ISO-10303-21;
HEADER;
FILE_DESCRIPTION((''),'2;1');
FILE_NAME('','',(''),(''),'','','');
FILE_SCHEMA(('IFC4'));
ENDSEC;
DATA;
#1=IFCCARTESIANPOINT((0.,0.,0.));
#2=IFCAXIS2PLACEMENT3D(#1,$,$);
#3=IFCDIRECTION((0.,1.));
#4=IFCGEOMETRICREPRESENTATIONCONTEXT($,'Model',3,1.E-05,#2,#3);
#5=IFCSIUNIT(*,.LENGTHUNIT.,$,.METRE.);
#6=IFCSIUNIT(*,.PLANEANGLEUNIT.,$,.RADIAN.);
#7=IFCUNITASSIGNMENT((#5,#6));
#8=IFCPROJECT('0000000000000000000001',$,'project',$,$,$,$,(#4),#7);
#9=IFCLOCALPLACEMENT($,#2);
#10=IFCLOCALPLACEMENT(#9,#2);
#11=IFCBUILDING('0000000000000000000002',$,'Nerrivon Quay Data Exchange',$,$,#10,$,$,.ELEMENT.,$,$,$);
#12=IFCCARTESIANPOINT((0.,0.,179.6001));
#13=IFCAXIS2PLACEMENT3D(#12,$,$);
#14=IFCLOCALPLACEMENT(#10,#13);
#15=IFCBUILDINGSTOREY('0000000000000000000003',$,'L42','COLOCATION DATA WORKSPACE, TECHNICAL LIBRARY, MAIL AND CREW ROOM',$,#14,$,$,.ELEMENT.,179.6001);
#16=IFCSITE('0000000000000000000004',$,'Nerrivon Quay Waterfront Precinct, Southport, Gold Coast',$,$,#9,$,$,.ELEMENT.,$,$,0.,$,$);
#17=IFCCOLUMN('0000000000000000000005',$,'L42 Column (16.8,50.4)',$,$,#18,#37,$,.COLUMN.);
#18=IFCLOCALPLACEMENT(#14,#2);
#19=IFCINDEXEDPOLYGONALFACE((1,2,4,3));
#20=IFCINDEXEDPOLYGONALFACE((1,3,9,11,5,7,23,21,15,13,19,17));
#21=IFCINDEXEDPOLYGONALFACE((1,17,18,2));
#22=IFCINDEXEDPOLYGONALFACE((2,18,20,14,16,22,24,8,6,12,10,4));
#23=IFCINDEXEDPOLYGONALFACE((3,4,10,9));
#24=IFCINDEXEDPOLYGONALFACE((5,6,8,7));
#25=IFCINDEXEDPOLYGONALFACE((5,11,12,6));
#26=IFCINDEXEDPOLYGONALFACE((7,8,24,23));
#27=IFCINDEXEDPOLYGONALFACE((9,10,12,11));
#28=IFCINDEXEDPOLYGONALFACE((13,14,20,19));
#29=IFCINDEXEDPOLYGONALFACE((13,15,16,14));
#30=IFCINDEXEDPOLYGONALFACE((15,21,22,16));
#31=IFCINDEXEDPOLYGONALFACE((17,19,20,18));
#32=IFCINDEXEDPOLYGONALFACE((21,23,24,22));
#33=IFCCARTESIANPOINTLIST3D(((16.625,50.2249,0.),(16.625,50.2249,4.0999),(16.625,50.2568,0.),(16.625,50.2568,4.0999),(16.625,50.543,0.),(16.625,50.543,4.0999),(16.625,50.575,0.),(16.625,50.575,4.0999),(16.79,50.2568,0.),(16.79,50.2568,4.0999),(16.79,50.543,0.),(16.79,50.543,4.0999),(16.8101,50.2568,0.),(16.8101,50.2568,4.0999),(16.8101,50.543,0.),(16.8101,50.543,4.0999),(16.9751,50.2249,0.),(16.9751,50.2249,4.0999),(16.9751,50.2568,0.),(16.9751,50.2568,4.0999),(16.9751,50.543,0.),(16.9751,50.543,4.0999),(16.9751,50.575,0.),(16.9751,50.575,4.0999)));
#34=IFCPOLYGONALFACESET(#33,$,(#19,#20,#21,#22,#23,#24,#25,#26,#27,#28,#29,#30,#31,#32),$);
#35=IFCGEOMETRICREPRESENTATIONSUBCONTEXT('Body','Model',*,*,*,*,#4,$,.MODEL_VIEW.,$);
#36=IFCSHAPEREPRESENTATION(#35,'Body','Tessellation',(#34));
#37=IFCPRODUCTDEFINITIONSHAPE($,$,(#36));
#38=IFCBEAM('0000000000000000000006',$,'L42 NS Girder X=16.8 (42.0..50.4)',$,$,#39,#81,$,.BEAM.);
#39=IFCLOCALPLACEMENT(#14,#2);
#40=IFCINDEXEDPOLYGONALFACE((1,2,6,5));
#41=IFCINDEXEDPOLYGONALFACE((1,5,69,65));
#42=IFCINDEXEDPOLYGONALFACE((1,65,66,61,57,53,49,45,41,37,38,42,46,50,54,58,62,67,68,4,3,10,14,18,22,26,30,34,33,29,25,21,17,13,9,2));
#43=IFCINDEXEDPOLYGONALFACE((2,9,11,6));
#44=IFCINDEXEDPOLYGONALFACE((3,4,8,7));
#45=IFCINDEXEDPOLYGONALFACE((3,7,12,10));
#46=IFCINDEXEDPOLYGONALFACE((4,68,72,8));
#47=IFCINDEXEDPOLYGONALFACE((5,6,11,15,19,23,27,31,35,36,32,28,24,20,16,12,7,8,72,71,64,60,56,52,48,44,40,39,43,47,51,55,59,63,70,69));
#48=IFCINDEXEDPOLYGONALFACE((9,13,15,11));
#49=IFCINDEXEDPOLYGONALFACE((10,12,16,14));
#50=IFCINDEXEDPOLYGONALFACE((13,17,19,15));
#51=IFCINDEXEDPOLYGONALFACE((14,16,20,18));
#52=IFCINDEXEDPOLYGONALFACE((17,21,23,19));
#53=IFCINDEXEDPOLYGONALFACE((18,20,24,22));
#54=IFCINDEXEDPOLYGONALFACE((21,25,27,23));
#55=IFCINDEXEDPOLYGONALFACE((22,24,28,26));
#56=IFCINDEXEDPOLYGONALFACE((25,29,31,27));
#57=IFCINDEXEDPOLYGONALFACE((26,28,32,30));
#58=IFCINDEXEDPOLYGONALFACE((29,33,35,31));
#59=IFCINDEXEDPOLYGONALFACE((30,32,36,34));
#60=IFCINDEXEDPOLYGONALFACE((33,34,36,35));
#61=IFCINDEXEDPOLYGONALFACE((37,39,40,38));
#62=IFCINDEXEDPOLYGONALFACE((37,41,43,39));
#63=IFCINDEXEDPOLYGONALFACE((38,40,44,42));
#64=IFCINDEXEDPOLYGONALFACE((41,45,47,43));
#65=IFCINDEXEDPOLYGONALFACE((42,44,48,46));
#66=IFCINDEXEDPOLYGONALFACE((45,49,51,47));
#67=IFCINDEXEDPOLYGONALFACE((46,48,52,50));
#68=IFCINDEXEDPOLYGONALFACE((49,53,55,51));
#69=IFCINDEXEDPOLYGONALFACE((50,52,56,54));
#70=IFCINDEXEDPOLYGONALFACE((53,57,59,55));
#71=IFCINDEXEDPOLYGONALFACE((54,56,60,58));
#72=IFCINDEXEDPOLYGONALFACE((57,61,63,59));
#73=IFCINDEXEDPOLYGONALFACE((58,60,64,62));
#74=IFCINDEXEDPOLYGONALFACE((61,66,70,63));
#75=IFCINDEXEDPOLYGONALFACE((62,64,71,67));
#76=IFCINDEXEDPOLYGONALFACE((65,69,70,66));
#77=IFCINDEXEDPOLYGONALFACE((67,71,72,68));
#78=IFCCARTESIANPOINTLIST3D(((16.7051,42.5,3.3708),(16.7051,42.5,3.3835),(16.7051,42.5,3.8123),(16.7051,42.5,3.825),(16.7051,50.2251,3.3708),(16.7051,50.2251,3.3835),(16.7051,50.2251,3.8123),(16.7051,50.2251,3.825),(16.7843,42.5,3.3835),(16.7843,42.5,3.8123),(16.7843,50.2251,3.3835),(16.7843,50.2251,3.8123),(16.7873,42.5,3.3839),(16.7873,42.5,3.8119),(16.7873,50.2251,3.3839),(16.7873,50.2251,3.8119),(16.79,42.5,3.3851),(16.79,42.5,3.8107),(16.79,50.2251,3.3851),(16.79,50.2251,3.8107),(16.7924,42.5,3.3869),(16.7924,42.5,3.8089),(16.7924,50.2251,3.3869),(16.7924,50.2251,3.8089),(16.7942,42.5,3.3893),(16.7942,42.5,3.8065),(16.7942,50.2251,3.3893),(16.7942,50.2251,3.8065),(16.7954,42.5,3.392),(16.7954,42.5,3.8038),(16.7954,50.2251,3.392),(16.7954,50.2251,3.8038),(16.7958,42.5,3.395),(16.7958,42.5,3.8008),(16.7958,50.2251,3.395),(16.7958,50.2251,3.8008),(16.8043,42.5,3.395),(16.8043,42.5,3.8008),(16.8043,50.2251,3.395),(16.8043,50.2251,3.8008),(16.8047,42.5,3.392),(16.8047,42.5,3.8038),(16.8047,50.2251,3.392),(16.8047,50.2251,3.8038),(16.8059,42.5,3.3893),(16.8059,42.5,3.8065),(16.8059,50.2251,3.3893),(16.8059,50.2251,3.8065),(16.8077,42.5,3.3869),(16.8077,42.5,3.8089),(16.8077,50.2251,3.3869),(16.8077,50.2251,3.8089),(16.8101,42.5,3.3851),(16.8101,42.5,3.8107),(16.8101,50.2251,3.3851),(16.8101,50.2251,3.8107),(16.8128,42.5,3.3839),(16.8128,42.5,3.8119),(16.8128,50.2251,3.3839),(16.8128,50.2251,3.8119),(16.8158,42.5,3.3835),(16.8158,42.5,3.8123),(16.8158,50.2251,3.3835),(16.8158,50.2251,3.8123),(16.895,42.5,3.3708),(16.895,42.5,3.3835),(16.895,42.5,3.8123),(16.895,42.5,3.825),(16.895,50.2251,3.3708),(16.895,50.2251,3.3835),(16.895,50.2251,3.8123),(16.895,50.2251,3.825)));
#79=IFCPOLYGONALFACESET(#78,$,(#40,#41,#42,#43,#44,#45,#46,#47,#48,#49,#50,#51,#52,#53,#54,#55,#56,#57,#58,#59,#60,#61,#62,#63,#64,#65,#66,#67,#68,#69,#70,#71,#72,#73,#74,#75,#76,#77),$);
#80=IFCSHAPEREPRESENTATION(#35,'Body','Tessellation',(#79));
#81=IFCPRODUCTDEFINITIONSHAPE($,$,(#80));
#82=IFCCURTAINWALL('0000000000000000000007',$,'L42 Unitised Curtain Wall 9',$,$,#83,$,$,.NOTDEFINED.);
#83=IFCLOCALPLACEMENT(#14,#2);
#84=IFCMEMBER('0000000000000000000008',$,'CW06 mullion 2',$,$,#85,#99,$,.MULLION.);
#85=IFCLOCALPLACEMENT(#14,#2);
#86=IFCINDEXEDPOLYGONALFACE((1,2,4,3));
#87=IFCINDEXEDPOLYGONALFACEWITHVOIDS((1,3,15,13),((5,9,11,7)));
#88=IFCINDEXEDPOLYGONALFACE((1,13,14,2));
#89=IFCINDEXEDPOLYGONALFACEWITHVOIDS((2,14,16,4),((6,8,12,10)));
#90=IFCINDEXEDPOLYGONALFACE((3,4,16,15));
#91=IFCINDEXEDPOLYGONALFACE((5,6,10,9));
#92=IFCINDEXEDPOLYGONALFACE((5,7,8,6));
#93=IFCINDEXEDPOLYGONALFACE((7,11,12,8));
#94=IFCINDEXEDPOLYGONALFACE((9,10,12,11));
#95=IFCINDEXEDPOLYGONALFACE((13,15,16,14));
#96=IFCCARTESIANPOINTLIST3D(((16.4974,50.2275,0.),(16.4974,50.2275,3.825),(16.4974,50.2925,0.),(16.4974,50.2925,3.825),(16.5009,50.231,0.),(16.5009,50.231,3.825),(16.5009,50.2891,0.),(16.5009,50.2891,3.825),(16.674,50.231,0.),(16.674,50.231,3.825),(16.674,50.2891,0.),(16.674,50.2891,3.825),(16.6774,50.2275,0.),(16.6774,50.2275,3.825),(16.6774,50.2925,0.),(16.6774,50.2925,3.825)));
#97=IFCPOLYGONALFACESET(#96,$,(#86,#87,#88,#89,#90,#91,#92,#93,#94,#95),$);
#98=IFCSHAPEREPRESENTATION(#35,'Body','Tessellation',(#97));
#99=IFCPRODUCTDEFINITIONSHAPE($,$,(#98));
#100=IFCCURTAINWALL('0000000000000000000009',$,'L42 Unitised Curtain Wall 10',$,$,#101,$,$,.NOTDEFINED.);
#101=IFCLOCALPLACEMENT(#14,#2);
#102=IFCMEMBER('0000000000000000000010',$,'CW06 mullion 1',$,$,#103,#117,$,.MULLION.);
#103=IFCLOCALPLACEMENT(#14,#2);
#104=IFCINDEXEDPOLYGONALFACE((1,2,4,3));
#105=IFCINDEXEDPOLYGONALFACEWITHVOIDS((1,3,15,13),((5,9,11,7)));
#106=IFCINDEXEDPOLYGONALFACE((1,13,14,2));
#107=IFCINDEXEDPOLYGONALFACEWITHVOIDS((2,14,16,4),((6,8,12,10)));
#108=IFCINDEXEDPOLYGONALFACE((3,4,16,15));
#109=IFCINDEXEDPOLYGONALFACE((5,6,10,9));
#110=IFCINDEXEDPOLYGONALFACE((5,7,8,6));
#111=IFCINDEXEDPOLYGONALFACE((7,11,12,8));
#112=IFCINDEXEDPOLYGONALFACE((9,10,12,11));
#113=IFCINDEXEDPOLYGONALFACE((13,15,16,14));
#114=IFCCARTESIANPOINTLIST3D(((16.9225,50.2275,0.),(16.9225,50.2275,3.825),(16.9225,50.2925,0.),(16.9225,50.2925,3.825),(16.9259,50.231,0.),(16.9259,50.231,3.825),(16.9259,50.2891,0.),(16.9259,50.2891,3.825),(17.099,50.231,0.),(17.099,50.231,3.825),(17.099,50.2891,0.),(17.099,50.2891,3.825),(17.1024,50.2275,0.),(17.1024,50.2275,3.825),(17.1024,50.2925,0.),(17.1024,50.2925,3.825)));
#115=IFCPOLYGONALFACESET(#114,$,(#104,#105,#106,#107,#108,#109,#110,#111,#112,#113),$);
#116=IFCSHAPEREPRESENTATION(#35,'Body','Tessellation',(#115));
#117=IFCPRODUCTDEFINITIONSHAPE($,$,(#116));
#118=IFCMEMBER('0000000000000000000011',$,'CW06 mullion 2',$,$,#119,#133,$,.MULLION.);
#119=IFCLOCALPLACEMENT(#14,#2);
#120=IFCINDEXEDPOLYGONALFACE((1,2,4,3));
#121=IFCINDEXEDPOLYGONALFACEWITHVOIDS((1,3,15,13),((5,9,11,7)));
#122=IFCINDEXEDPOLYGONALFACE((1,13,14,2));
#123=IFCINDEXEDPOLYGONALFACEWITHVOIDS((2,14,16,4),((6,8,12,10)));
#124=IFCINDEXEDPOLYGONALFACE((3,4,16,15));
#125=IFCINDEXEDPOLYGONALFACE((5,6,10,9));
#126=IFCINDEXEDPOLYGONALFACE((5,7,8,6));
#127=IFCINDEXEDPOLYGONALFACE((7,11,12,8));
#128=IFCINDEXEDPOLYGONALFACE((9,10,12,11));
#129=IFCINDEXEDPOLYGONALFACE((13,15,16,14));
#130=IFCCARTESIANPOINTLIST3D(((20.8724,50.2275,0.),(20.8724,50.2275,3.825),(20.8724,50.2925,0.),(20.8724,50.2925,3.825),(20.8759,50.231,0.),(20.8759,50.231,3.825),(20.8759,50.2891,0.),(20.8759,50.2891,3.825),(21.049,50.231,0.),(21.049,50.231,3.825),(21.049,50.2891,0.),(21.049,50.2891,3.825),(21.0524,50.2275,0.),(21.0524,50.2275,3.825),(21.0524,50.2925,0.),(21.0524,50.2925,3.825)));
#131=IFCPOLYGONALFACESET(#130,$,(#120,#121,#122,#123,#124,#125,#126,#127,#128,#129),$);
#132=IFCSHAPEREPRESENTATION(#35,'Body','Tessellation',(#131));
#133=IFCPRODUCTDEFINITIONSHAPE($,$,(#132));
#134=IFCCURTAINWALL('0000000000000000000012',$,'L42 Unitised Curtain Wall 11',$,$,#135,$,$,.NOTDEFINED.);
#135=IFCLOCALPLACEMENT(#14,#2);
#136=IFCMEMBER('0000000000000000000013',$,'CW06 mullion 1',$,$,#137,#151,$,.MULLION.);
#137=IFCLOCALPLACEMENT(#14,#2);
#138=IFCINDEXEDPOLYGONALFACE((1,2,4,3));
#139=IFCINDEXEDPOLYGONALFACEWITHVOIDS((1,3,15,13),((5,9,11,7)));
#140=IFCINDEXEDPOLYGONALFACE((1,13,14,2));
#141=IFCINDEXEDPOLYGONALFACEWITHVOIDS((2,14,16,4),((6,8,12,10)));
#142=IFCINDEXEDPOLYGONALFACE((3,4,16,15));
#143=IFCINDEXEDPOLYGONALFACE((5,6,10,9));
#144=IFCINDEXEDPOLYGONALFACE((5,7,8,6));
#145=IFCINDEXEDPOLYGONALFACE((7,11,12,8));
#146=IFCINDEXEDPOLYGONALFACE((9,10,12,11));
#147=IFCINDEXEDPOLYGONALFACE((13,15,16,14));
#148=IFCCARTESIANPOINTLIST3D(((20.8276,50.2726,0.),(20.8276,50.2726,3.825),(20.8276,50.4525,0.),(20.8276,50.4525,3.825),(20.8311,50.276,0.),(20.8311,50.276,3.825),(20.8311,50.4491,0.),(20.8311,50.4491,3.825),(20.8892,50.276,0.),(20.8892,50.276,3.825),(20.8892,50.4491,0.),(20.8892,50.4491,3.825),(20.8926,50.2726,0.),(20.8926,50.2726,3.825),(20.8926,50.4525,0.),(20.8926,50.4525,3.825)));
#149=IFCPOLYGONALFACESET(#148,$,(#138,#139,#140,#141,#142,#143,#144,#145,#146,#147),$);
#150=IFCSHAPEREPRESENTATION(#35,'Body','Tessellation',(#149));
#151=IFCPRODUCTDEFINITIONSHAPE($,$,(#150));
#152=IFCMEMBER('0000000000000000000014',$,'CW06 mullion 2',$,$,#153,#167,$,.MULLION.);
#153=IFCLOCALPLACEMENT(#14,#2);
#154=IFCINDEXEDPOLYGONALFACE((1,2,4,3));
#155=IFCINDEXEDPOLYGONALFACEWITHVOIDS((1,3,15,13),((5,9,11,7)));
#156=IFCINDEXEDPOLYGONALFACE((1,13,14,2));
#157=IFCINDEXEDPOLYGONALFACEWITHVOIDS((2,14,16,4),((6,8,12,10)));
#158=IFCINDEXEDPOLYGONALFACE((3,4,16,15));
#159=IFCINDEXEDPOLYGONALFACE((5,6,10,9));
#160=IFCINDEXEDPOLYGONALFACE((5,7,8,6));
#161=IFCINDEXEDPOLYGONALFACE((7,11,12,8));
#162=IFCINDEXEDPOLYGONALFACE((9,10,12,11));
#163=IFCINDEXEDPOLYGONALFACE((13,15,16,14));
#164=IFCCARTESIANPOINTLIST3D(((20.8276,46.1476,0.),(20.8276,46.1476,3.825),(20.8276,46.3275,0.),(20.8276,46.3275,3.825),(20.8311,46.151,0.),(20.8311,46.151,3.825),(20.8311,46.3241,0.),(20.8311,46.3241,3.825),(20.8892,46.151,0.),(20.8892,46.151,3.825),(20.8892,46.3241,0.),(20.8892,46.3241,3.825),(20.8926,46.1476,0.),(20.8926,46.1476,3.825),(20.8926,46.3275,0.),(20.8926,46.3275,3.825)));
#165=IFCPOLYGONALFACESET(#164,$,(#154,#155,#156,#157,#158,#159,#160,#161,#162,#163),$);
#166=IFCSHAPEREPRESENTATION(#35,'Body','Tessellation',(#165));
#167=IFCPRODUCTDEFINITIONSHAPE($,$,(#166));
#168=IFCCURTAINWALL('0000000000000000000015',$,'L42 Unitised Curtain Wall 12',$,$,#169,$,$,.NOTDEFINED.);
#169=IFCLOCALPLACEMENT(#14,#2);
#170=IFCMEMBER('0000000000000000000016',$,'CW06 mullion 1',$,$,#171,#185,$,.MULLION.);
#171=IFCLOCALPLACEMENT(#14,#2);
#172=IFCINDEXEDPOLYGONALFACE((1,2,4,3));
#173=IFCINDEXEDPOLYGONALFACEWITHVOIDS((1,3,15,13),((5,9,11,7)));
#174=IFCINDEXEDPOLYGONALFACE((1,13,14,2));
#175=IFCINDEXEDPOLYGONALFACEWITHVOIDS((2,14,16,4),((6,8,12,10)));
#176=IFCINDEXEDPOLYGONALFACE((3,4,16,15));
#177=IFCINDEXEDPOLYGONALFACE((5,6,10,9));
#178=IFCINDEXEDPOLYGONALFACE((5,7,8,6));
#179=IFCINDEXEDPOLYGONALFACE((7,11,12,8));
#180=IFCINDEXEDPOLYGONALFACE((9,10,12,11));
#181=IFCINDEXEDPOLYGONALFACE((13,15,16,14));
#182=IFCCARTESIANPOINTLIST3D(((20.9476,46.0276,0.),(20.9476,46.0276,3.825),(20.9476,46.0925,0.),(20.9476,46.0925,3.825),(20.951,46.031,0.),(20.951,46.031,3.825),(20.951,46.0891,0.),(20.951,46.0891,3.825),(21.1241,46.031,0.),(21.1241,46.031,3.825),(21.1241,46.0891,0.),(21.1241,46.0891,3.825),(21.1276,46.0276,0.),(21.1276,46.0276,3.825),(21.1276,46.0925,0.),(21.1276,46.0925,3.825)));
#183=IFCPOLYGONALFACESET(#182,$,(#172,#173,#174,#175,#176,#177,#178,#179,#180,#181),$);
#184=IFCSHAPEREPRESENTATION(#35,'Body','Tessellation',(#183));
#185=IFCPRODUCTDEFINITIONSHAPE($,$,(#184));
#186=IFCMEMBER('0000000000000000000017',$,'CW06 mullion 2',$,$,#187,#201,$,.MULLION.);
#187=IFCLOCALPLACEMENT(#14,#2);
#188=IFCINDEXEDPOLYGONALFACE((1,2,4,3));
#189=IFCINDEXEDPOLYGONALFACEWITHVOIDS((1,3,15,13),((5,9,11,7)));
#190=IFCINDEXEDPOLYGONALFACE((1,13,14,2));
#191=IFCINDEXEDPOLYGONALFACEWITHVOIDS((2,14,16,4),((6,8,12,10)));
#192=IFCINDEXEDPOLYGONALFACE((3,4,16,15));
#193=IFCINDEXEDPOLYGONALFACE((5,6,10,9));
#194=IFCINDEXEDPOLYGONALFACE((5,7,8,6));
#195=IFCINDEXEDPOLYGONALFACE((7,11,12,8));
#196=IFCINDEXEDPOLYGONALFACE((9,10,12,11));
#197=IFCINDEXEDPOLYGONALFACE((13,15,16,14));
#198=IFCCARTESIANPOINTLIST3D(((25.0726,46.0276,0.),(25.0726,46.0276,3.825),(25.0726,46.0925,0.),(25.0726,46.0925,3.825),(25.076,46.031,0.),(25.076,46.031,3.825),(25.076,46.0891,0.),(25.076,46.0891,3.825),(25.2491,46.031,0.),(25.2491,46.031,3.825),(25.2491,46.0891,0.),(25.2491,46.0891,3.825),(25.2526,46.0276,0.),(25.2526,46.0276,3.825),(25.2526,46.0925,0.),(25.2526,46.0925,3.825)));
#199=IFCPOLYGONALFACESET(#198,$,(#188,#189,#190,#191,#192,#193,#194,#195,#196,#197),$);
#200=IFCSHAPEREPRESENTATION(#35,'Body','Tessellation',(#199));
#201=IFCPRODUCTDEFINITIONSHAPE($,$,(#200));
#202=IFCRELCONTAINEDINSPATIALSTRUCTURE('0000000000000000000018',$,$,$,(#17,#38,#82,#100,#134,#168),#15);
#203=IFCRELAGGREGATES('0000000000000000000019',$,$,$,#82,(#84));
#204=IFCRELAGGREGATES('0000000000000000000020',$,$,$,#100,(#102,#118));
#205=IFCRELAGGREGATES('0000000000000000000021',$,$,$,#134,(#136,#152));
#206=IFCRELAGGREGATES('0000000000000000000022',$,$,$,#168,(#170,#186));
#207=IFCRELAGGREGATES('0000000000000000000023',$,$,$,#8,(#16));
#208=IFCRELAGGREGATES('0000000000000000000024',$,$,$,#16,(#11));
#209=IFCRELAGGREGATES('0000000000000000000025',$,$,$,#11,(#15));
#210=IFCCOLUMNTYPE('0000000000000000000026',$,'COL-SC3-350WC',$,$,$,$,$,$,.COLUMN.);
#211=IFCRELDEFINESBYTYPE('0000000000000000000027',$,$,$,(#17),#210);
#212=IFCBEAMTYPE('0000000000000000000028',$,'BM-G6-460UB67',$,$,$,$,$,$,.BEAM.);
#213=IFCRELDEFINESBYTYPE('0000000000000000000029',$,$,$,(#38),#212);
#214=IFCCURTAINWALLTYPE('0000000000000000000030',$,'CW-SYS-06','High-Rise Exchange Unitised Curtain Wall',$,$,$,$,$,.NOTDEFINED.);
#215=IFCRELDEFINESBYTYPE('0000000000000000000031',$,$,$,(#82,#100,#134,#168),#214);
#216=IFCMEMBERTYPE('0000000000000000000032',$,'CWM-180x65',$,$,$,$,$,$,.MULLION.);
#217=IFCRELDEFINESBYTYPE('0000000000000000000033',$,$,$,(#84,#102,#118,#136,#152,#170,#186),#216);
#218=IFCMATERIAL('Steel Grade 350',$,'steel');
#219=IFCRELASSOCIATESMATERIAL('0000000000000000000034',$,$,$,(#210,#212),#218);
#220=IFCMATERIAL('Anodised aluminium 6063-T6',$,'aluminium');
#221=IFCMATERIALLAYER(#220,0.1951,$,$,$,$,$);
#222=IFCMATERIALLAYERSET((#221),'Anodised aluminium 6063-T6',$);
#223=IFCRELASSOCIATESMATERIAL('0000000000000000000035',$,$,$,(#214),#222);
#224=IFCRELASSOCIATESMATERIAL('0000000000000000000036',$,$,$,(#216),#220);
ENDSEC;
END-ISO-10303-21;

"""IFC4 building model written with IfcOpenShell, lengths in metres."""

from ifc_helpers import new_model, si_unit, direction, frame, origin, origin_2d, place, context, subcontext, project, spatial, hollow_rectangle, i_section, extrude, material, layer, layer_set, material_profile, profile_set, type_object, element, aggregate, save


model = new_model("IFC4")

# Units and contexts
model_context = context("Model", 3, precision=1e-05, world=origin(), true_north=direction((0.0, 1.0)))
body_context = subcontext(model_context, "Body", "Model", "MODEL_VIEW")
ifc_project = project(units=[si_unit("LENGTHUNIT", "METRE"), si_unit("PLANEANGLEUNIT", "RADIAN")], contexts=[model_context])

# Site, building, storey
site_placement = place(None, origin())
site = spatial("IfcSite", under=ifc_project, at=site_placement, Name="Nerrivon Quay Waterfront Precinct, Southport, Gold Coast", CompositionType="ELEMENT", RefElevation=0.0)
building_placement = place(site_placement, origin())
building = spatial("IfcBuilding", under=site, at=building_placement, Name="Nerrivon Quay Data Exchange", CompositionType="ELEMENT")
storey_placement = place(building_placement, frame((0.0, 0.0, 179.6001)))
storey = spatial("IfcBuildingStorey", under=building, at=storey_placement, Name="L42", Description="COLOCATION DATA WORKSPACE, TECHNICAL LIBRARY, MAIL AND CREW ROOM", CompositionType="ELEMENT", Elevation=179.6001)

# Column
ifc_material_1 = material(Name="Steel Grade 350", Category="steel")
ifc_material_profile_1 = material_profile(ifc_material_1, i_section(OverallWidth=0.3501, OverallDepth=0.3501, WebThickness=0.02, FlangeThickness=0.032, at=origin_2d()), Name="350WC230")
ifc_profile_set_1 = profile_set([ifc_material_profile_1], Name="Steel Grade 350")
column_type = type_object("IfcColumnType", Name="COL-SC3-350WC", PredefinedType="COLUMN", material=ifc_profile_set_1)
column_placement = place(storey_placement, frame((16.8, 50.3999, 0.0), z_axis=(0.0, 0.0, 1.0), x_axis=(1.0, 0.0, 0.0)))
element("IfcColumn", 1, at=column_placement, inside=storey, type_object=column_type, Name="L42 Column (16.8,50.4)", PredefinedType="COLUMN", context=body_context, shape_type="SweptSolid", body=[
    extrude(i_section(OverallWidth=0.3501, OverallDepth=0.3501, WebThickness=0.02, FlangeThickness=0.032, at=origin_2d()), origin(), (0.0, 0.0, 1.0), 4.0999),
])

# Beam
ifc_material_profile_2 = material_profile(ifc_material_1, i_section(OverallWidth=0.1899, OverallDepth=0.4541, WebThickness=0.0085, FlangeThickness=0.0127, FilletRadius=0.0115, at=origin_2d()), Name="460UB67.1")
ifc_profile_set_2 = profile_set([ifc_material_profile_2], Name="Steel Grade 350")
beam_type = type_object("IfcBeamType", Name="BM-G6-460UB67", PredefinedType="BEAM", material=ifc_profile_set_2)
beam_placement = place(storey_placement, frame((16.8, 42.5, 3.5979), z_axis=(0.0, 1.0, 0.0), x_axis=(-1.0, 0.0, 0.0)))
element("IfcBeam", 2, at=beam_placement, inside=storey, type_object=beam_type, Name="L42 NS Girder X=16.8 (42.0..50.4)", PredefinedType="BEAM", context=body_context, shape_type="SweptSolid", body=[
    extrude(i_section(OverallWidth=0.1899, OverallDepth=0.4541, WebThickness=0.0085, FlangeThickness=0.0127, FilletRadius=0.0115, at=origin_2d()), origin(), (0.0, 0.0, 1.0), 7.7251),
])

# Curtain wall, member
ifc_material_2 = material(Name="Anodised aluminium 6063-T6", Category="aluminium")
ifc_layer_1 = layer(ifc_material_2, 0.1951)
ifc_layer_set_1 = layer_set([ifc_layer_1], Name="Anodised aluminium 6063-T6")
curtain_wall_type = type_object("IfcCurtainWallType", Name="CW-SYS-06", Description="High-Rise Exchange Unitised Curtain Wall", PredefinedType="NOTDEFINED", material=ifc_layer_set_1)
curtain_wall_1_placement = place(storey_placement, origin())
curtain_wall_1 = element("IfcCurtainWall", 3, at=curtain_wall_1_placement, inside=storey, type_object=curtain_wall_type, Name="L42 Unitised Curtain Wall 9", PredefinedType="NOTDEFINED")
ifc_material_profile_3 = material_profile(ifc_material_2, hollow_rectangle(XDim=0.0649, YDim=0.1799, WallThickness=0.0034, at=origin_2d()), Name="ALU-MULL-180x65")
ifc_profile_set_3 = profile_set([ifc_material_profile_3], Name="Anodised aluminium 6063-T6")
member_type_1 = type_object("IfcMemberType", Name="CWM-180x65", PredefinedType="MULLION", material=ifc_profile_set_3)
member_1_placement = place(storey_placement, frame((16.5874, 50.26, 0.0), z_axis=(0.0, 0.0, 1.0), x_axis=(0.0, 1.0, 0.0)))
member_1 = element("IfcMember", 4, at=member_1_placement, type_object=member_type_1, Name="CW06 mullion 2", PredefinedType="MULLION", context=body_context, shape_type="SweptSolid", body=[
    extrude(hollow_rectangle(XDim=0.0649, YDim=0.1799, WallThickness=0.0034, at=origin_2d()), origin(), (0.0, 0.0, 1.0), 3.825),
])
aggregate(curtain_wall_1, [member_1])

# Curtain walls, members
curtain_wall_2_placement = place(storey_placement, origin())
curtain_wall_2 = element("IfcCurtainWall", 5, at=curtain_wall_2_placement, inside=storey, type_object=curtain_wall_type, Name="L42 Unitised Curtain Wall 10", PredefinedType="NOTDEFINED")
member_2_placement = place(storey_placement, frame((17.0125, 50.26, 0.0), z_axis=(0.0, 0.0, 1.0), x_axis=(0.0, 1.0, 0.0)))
member_2 = element("IfcMember", 6, at=member_2_placement, type_object=member_type_1, Name="CW06 mullion 1", PredefinedType="MULLION", context=body_context, shape_type="SweptSolid", body=[
    extrude(hollow_rectangle(XDim=0.0649, YDim=0.1799, WallThickness=0.0034, at=origin_2d()), origin(), (0.0, 0.0, 1.0), 3.825),
])
member_3_placement = place(storey_placement, frame((20.9624, 50.26, 0.0), z_axis=(0.0, 0.0, 1.0), x_axis=(0.0, 1.0, 0.0)))
member_3 = element("IfcMember", 7, at=member_3_placement, type_object=member_type_1, Name="CW06 mullion 2", PredefinedType="MULLION", context=body_context, shape_type="SweptSolid", body=[
    extrude(hollow_rectangle(XDim=0.0649, YDim=0.1799, WallThickness=0.0034, at=origin_2d()), origin(), (0.0, 0.0, 1.0), 3.825),
])
curtain_wall_3_placement = place(storey_placement, origin())
curtain_wall_3 = element("IfcCurtainWall", 8, at=curtain_wall_3_placement, inside=storey, type_object=curtain_wall_type, Name="L42 Unitised Curtain Wall 11", PredefinedType="NOTDEFINED")
member_4_placement = place(storey_placement, frame((20.8601, 50.3625, 0.0), z_axis=(0.0, 0.0, 1.0), x_axis=(1.0, 0.0, 0.0)))
member_4 = element("IfcMember", 9, at=member_4_placement, type_object=member_type_1, Name="CW06 mullion 1", PredefinedType="MULLION", context=body_context, shape_type="SweptSolid", body=[
    extrude(hollow_rectangle(XDim=0.0649, YDim=0.1799, WallThickness=0.0034, at=origin_2d()), origin(), (0.0, 0.0, 1.0), 3.825),
])
member_5_placement = place(storey_placement, frame((20.8601, 46.2375, 0.0), z_axis=(0.0, 0.0, 1.0), x_axis=(1.0, 0.0, 0.0)))
member_5 = element("IfcMember", 10, at=member_5_placement, type_object=member_type_1, Name="CW06 mullion 2", PredefinedType="MULLION", context=body_context, shape_type="SweptSolid", body=[
    extrude(hollow_rectangle(XDim=0.0649, YDim=0.1799, WallThickness=0.0034, at=origin_2d()), origin(), (0.0, 0.0, 1.0), 3.825),
])
curtain_wall_4_placement = place(storey_placement, origin())
curtain_wall_4 = element("IfcCurtainWall", 11, at=curtain_wall_4_placement, inside=storey, type_object=curtain_wall_type, Name="L42 Unitised Curtain Wall 12", PredefinedType="NOTDEFINED")
member_6_placement = place(storey_placement, frame((21.0376, 46.0601, 0.0), z_axis=(0.0, 0.0, 1.0), x_axis=(0.0, 1.0, 0.0)))
member_6 = element("IfcMember", 12, at=member_6_placement, type_object=member_type_1, Name="CW06 mullion 1", PredefinedType="MULLION", context=body_context, shape_type="SweptSolid", body=[
    extrude(hollow_rectangle(XDim=0.0649, YDim=0.1799, WallThickness=0.0034, at=origin_2d()), origin(), (0.0, 0.0, 1.0), 3.825),
])
member_7_placement = place(storey_placement, frame((25.1626, 46.0601, 0.0), z_axis=(0.0, 0.0, 1.0), x_axis=(0.0, 1.0, 0.0)))
member_7 = element("IfcMember", 13, at=member_7_placement, type_object=member_type_1, Name="CW06 mullion 2", PredefinedType="MULLION", context=body_context, shape_type="SweptSolid", body=[
    extrude(hollow_rectangle(XDim=0.0649, YDim=0.1799, WallThickness=0.0034, at=origin_2d()), origin(), (0.0, 0.0, 1.0), 3.825),
])

aggregate(curtain_wall_2, [member_2, member_3])
aggregate(curtain_wall_3, [member_4, member_5])
aggregate(curtain_wall_4, [member_6, member_7])

save(model, "model.ifc")
